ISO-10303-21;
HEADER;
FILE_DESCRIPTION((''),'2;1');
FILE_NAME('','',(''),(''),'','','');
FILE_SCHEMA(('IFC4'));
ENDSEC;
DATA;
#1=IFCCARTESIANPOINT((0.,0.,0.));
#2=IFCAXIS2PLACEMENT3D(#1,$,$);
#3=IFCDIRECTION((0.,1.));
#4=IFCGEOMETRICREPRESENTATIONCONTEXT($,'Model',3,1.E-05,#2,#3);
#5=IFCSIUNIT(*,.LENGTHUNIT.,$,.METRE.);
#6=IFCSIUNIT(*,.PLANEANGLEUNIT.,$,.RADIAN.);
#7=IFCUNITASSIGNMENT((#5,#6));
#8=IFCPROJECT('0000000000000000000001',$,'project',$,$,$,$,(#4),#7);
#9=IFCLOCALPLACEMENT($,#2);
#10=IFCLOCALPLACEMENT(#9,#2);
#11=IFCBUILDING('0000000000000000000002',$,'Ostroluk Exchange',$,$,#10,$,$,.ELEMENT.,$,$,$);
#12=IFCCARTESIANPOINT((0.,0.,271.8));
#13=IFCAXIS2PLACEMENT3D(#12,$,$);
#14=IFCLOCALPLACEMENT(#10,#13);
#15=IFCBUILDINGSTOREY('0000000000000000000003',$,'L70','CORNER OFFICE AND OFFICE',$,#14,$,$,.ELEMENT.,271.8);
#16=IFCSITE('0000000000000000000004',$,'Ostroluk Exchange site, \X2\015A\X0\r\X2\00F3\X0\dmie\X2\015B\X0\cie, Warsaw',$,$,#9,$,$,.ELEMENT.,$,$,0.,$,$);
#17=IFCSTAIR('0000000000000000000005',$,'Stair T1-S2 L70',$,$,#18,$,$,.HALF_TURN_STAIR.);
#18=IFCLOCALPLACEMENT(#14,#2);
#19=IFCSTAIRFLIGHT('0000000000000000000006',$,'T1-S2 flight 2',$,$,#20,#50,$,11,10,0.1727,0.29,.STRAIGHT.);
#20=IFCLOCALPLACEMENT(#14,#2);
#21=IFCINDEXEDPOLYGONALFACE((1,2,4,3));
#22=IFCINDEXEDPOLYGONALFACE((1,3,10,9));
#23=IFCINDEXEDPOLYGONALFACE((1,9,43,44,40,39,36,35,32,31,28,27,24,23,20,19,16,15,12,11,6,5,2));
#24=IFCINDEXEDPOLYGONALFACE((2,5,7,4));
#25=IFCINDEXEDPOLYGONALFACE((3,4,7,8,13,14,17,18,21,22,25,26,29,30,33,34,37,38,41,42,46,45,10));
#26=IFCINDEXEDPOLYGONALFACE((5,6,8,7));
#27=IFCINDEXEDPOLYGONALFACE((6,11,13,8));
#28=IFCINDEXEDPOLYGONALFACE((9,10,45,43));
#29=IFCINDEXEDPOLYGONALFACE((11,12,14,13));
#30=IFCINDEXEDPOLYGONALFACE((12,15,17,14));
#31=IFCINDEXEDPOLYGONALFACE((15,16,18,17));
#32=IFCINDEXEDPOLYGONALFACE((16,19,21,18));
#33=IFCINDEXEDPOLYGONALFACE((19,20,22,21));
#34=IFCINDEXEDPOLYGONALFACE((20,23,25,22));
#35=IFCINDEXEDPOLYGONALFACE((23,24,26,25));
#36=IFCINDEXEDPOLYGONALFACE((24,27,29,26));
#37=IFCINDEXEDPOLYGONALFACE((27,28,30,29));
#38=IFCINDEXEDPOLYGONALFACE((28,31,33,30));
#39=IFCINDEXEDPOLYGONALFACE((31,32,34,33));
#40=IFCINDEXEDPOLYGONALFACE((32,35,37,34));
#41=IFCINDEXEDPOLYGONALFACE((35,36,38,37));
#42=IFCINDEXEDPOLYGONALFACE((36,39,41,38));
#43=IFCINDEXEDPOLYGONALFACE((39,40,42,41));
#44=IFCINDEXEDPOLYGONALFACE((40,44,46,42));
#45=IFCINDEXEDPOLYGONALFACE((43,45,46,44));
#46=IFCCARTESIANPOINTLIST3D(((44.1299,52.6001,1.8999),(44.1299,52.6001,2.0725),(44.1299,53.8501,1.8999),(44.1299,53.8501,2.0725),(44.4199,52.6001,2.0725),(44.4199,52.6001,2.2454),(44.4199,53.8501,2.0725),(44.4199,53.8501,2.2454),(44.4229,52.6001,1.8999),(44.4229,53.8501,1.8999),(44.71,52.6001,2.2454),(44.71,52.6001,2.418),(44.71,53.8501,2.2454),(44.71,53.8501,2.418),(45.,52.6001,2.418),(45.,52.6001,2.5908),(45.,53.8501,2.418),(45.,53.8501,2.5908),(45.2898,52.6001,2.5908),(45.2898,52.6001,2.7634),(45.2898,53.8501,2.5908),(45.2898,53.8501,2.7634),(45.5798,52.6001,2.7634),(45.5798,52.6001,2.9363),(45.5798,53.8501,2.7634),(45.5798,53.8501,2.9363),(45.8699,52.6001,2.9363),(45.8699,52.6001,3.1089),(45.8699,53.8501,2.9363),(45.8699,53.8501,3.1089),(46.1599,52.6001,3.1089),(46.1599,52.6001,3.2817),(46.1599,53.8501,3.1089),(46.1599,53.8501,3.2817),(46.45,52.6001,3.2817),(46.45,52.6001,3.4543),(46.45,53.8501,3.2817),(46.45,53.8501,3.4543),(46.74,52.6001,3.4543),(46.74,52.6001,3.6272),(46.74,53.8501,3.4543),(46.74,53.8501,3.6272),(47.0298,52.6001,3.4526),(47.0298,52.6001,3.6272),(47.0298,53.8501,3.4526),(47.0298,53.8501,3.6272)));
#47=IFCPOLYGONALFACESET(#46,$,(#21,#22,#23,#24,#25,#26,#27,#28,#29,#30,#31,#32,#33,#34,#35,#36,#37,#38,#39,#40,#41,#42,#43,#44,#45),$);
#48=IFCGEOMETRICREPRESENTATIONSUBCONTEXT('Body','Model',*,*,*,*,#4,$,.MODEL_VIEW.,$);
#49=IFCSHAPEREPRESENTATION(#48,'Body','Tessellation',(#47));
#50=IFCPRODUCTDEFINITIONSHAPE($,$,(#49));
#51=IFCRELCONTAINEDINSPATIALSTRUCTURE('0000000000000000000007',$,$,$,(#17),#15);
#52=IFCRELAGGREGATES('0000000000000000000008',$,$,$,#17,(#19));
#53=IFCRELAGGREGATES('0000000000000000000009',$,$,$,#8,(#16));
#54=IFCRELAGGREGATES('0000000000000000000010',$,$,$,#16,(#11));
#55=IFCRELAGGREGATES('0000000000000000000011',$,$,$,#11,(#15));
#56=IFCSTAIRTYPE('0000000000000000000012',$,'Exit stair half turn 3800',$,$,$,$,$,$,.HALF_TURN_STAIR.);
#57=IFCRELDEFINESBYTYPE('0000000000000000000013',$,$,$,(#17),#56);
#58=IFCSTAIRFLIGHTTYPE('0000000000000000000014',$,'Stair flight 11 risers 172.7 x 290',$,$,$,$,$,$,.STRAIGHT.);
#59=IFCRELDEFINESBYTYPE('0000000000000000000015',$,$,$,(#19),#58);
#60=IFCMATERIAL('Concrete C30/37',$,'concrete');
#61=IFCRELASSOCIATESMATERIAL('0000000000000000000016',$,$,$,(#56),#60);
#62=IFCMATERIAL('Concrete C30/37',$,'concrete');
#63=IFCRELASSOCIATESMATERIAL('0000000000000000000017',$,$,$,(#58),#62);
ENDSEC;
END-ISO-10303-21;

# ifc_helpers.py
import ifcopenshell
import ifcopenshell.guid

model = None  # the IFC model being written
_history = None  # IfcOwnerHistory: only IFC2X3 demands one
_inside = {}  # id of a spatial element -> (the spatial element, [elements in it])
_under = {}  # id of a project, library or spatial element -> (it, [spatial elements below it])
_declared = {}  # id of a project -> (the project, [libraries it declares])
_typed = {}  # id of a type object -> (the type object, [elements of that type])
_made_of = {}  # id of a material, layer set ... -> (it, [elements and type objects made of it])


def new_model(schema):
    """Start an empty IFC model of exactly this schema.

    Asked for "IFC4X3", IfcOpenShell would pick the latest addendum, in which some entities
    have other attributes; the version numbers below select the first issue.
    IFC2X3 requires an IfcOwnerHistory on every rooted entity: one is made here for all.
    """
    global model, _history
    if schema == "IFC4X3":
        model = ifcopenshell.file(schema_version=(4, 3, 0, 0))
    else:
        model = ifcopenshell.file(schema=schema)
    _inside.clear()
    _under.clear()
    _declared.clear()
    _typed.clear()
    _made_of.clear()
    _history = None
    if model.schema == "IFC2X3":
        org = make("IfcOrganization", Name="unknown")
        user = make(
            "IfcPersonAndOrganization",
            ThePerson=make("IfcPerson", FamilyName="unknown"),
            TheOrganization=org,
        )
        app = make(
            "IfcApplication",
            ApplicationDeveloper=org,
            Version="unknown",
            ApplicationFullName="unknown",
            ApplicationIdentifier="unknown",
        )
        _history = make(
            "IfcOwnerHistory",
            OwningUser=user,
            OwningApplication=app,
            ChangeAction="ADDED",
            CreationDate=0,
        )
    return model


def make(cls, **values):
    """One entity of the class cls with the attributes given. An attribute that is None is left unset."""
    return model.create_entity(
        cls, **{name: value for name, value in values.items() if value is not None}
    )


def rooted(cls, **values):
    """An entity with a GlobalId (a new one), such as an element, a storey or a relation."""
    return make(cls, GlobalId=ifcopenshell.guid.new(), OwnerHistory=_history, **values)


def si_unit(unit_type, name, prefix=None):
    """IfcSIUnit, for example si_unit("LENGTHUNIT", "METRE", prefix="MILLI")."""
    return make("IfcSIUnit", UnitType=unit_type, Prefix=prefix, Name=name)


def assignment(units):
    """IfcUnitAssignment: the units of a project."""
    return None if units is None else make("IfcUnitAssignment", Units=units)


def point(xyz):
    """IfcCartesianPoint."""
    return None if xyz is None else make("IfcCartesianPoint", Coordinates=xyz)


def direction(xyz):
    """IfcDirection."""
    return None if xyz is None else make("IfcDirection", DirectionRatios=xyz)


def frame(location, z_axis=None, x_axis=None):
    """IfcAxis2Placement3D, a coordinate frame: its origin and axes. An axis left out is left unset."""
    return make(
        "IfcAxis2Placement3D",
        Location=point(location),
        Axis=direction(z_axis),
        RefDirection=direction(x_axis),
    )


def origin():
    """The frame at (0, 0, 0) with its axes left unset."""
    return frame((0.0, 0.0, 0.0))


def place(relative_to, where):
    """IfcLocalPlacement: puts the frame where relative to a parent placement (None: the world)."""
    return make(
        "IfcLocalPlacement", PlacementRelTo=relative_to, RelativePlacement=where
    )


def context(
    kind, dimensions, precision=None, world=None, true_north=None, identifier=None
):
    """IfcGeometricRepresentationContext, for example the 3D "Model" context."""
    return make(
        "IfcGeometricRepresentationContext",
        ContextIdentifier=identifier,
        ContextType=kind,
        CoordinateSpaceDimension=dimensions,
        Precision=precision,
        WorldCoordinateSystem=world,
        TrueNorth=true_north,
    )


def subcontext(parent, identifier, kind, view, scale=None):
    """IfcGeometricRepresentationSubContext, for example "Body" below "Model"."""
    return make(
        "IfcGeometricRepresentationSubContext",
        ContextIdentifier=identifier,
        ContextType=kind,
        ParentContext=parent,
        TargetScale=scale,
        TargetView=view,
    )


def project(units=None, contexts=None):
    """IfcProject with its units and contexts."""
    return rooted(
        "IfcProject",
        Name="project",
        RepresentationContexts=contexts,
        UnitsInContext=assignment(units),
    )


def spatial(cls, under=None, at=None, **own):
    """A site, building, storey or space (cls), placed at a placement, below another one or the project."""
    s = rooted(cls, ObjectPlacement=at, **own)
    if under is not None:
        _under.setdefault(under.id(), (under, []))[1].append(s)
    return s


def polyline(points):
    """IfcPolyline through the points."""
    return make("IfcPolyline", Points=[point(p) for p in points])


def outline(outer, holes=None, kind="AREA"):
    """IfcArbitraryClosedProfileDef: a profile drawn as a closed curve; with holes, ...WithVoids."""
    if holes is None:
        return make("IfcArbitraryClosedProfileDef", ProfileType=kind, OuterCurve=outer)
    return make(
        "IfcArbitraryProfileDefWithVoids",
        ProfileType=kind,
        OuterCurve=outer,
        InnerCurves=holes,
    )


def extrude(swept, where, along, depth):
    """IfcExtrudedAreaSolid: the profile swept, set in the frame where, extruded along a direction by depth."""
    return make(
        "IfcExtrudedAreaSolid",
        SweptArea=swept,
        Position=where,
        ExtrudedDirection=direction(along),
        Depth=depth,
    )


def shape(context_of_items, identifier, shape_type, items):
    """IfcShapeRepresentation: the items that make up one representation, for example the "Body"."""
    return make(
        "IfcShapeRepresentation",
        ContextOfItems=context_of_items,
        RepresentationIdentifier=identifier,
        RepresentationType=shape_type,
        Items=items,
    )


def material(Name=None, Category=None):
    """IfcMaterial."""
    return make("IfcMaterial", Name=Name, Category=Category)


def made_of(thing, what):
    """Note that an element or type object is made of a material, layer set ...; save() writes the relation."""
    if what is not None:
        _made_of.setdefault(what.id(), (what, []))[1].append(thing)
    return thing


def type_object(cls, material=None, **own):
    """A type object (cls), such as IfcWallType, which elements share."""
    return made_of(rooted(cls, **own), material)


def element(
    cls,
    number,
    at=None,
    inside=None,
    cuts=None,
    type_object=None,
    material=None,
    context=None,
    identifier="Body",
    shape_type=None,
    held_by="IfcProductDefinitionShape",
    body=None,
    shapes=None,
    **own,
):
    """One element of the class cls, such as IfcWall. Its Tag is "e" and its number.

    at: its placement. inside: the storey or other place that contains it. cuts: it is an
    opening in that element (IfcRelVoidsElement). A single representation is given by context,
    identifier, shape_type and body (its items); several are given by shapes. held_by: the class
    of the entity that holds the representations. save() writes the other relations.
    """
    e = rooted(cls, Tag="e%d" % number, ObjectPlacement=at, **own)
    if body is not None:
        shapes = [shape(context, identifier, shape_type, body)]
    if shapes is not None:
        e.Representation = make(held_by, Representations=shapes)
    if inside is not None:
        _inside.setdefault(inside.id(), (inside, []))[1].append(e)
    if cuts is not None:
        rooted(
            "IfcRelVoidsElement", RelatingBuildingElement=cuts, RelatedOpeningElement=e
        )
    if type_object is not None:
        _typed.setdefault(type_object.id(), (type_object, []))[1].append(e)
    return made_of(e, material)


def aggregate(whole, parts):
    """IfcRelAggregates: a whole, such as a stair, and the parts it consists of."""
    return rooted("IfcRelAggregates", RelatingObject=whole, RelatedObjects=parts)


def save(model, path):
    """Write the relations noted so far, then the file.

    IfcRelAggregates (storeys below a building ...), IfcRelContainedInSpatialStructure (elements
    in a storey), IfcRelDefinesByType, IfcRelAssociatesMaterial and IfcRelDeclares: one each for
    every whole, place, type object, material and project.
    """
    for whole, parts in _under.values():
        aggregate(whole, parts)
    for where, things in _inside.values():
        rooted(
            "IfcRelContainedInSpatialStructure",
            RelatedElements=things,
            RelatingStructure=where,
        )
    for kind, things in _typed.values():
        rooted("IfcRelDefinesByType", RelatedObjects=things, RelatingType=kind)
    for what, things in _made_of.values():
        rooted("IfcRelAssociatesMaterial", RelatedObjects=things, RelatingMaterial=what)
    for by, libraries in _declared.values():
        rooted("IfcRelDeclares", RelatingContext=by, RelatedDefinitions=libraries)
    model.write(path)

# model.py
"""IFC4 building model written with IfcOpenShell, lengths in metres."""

from ifc_helpers import new_model, si_unit, direction, frame, origin, place, context, subcontext, project, spatial, polyline, outline, extrude, material, type_object, element, aggregate, save


model = new_model("IFC4")

# Units and contexts
model_context = context("Model", 3, precision=1e-05, world=origin(), true_north=direction((0.0, 1.0)))
body_context = subcontext(model_context, "Body", "Model", "MODEL_VIEW")
ifc_project = project(units=[si_unit("LENGTHUNIT", "METRE"), si_unit("PLANEANGLEUNIT", "RADIAN")], contexts=[model_context])

# Site, building, storey
site_placement = place(None, origin())
site = spatial("IfcSite", under=ifc_project, at=site_placement, Name="Ostroluk Exchange site, Śródmieście, Warsaw", CompositionType="ELEMENT", RefElevation=0.0)
building_placement = place(site_placement, origin())
building = spatial("IfcBuilding", under=site, at=building_placement, Name="Ostroluk Exchange", CompositionType="ELEMENT")
storey_placement = place(building_placement, frame((0.0, 0.0, 271.8)))
storey = spatial("IfcBuildingStorey", under=building, at=storey_placement, Name="L70", Description="CORNER OFFICE AND OFFICE", CompositionType="ELEMENT", Elevation=271.8)

# Stair, stair flight
ifc_material_1 = material(Name="Concrete C30/37", Category="concrete")
stair_type = type_object("IfcStairType", Name="Exit stair half turn 3800", PredefinedType="HALF_TURN_STAIR", material=ifc_material_1)
stair_placement = place(storey_placement, origin())
stair = element("IfcStair", 1, at=stair_placement, inside=storey, type_object=stair_type, Name="Stair T1-S2 L70", PredefinedType="HALF_TURN_STAIR")
ifc_material_2 = material(Name="Concrete C30/37", Category="concrete")
stair_flight_type = type_object("IfcStairFlightType", Name="Stair flight 11 risers 172.7 x 290", PredefinedType="STRAIGHT", material=ifc_material_2)
stair_flight_placement = place(storey_placement, frame((44.1299, 53.2251, 1.8999), z_axis=(0.0, 0.0, 1.0), x_axis=(1.0, 0.0, 0.0)))
stair_flight = element("IfcStairFlight", 2, at=stair_flight_placement, type_object=stair_flight_type, Name="T1-S2 flight 2", NumberOfRisers=11, NumberOfTreads=10, PredefinedType="STRAIGHT", RiserHeight=0.1727, TreadLength=0.29, context=body_context, shape_type="SweptSolid", body=[
    extrude(outline(polyline([(0.0, 0.0), (0.0, 0.1726), (0.29, 0.1726), (0.29, 0.3455), (0.5801, 0.3455), (0.5801, 0.5181), (0.8701, 0.5181), (0.8701, 0.6909), (1.1599, 0.6909), (1.1599, 0.8635), (1.45, 0.8635), (1.45, 1.0364), (1.74, 1.0364), (1.74, 1.209), (2.03, 1.209), (2.03, 1.3818), (2.3201, 1.3818), (2.3201, 1.5544), (2.6101, 1.5544), (2.6101, 1.7273), (2.8999, 1.7273), (2.8999, 1.8999), (2.8999, 1.5527), (0.293, 0.0), (0.0, 0.0)])), frame((0.0, 0.625, 0.0), z_axis=(0.0, -1.0, 0.0), x_axis=(1.0, 0.0, 0.0)), (0.0, 0.0, 1.0), 1.25),
])
aggregate(stair, [stair_flight])

save(model, "model.ifc")
